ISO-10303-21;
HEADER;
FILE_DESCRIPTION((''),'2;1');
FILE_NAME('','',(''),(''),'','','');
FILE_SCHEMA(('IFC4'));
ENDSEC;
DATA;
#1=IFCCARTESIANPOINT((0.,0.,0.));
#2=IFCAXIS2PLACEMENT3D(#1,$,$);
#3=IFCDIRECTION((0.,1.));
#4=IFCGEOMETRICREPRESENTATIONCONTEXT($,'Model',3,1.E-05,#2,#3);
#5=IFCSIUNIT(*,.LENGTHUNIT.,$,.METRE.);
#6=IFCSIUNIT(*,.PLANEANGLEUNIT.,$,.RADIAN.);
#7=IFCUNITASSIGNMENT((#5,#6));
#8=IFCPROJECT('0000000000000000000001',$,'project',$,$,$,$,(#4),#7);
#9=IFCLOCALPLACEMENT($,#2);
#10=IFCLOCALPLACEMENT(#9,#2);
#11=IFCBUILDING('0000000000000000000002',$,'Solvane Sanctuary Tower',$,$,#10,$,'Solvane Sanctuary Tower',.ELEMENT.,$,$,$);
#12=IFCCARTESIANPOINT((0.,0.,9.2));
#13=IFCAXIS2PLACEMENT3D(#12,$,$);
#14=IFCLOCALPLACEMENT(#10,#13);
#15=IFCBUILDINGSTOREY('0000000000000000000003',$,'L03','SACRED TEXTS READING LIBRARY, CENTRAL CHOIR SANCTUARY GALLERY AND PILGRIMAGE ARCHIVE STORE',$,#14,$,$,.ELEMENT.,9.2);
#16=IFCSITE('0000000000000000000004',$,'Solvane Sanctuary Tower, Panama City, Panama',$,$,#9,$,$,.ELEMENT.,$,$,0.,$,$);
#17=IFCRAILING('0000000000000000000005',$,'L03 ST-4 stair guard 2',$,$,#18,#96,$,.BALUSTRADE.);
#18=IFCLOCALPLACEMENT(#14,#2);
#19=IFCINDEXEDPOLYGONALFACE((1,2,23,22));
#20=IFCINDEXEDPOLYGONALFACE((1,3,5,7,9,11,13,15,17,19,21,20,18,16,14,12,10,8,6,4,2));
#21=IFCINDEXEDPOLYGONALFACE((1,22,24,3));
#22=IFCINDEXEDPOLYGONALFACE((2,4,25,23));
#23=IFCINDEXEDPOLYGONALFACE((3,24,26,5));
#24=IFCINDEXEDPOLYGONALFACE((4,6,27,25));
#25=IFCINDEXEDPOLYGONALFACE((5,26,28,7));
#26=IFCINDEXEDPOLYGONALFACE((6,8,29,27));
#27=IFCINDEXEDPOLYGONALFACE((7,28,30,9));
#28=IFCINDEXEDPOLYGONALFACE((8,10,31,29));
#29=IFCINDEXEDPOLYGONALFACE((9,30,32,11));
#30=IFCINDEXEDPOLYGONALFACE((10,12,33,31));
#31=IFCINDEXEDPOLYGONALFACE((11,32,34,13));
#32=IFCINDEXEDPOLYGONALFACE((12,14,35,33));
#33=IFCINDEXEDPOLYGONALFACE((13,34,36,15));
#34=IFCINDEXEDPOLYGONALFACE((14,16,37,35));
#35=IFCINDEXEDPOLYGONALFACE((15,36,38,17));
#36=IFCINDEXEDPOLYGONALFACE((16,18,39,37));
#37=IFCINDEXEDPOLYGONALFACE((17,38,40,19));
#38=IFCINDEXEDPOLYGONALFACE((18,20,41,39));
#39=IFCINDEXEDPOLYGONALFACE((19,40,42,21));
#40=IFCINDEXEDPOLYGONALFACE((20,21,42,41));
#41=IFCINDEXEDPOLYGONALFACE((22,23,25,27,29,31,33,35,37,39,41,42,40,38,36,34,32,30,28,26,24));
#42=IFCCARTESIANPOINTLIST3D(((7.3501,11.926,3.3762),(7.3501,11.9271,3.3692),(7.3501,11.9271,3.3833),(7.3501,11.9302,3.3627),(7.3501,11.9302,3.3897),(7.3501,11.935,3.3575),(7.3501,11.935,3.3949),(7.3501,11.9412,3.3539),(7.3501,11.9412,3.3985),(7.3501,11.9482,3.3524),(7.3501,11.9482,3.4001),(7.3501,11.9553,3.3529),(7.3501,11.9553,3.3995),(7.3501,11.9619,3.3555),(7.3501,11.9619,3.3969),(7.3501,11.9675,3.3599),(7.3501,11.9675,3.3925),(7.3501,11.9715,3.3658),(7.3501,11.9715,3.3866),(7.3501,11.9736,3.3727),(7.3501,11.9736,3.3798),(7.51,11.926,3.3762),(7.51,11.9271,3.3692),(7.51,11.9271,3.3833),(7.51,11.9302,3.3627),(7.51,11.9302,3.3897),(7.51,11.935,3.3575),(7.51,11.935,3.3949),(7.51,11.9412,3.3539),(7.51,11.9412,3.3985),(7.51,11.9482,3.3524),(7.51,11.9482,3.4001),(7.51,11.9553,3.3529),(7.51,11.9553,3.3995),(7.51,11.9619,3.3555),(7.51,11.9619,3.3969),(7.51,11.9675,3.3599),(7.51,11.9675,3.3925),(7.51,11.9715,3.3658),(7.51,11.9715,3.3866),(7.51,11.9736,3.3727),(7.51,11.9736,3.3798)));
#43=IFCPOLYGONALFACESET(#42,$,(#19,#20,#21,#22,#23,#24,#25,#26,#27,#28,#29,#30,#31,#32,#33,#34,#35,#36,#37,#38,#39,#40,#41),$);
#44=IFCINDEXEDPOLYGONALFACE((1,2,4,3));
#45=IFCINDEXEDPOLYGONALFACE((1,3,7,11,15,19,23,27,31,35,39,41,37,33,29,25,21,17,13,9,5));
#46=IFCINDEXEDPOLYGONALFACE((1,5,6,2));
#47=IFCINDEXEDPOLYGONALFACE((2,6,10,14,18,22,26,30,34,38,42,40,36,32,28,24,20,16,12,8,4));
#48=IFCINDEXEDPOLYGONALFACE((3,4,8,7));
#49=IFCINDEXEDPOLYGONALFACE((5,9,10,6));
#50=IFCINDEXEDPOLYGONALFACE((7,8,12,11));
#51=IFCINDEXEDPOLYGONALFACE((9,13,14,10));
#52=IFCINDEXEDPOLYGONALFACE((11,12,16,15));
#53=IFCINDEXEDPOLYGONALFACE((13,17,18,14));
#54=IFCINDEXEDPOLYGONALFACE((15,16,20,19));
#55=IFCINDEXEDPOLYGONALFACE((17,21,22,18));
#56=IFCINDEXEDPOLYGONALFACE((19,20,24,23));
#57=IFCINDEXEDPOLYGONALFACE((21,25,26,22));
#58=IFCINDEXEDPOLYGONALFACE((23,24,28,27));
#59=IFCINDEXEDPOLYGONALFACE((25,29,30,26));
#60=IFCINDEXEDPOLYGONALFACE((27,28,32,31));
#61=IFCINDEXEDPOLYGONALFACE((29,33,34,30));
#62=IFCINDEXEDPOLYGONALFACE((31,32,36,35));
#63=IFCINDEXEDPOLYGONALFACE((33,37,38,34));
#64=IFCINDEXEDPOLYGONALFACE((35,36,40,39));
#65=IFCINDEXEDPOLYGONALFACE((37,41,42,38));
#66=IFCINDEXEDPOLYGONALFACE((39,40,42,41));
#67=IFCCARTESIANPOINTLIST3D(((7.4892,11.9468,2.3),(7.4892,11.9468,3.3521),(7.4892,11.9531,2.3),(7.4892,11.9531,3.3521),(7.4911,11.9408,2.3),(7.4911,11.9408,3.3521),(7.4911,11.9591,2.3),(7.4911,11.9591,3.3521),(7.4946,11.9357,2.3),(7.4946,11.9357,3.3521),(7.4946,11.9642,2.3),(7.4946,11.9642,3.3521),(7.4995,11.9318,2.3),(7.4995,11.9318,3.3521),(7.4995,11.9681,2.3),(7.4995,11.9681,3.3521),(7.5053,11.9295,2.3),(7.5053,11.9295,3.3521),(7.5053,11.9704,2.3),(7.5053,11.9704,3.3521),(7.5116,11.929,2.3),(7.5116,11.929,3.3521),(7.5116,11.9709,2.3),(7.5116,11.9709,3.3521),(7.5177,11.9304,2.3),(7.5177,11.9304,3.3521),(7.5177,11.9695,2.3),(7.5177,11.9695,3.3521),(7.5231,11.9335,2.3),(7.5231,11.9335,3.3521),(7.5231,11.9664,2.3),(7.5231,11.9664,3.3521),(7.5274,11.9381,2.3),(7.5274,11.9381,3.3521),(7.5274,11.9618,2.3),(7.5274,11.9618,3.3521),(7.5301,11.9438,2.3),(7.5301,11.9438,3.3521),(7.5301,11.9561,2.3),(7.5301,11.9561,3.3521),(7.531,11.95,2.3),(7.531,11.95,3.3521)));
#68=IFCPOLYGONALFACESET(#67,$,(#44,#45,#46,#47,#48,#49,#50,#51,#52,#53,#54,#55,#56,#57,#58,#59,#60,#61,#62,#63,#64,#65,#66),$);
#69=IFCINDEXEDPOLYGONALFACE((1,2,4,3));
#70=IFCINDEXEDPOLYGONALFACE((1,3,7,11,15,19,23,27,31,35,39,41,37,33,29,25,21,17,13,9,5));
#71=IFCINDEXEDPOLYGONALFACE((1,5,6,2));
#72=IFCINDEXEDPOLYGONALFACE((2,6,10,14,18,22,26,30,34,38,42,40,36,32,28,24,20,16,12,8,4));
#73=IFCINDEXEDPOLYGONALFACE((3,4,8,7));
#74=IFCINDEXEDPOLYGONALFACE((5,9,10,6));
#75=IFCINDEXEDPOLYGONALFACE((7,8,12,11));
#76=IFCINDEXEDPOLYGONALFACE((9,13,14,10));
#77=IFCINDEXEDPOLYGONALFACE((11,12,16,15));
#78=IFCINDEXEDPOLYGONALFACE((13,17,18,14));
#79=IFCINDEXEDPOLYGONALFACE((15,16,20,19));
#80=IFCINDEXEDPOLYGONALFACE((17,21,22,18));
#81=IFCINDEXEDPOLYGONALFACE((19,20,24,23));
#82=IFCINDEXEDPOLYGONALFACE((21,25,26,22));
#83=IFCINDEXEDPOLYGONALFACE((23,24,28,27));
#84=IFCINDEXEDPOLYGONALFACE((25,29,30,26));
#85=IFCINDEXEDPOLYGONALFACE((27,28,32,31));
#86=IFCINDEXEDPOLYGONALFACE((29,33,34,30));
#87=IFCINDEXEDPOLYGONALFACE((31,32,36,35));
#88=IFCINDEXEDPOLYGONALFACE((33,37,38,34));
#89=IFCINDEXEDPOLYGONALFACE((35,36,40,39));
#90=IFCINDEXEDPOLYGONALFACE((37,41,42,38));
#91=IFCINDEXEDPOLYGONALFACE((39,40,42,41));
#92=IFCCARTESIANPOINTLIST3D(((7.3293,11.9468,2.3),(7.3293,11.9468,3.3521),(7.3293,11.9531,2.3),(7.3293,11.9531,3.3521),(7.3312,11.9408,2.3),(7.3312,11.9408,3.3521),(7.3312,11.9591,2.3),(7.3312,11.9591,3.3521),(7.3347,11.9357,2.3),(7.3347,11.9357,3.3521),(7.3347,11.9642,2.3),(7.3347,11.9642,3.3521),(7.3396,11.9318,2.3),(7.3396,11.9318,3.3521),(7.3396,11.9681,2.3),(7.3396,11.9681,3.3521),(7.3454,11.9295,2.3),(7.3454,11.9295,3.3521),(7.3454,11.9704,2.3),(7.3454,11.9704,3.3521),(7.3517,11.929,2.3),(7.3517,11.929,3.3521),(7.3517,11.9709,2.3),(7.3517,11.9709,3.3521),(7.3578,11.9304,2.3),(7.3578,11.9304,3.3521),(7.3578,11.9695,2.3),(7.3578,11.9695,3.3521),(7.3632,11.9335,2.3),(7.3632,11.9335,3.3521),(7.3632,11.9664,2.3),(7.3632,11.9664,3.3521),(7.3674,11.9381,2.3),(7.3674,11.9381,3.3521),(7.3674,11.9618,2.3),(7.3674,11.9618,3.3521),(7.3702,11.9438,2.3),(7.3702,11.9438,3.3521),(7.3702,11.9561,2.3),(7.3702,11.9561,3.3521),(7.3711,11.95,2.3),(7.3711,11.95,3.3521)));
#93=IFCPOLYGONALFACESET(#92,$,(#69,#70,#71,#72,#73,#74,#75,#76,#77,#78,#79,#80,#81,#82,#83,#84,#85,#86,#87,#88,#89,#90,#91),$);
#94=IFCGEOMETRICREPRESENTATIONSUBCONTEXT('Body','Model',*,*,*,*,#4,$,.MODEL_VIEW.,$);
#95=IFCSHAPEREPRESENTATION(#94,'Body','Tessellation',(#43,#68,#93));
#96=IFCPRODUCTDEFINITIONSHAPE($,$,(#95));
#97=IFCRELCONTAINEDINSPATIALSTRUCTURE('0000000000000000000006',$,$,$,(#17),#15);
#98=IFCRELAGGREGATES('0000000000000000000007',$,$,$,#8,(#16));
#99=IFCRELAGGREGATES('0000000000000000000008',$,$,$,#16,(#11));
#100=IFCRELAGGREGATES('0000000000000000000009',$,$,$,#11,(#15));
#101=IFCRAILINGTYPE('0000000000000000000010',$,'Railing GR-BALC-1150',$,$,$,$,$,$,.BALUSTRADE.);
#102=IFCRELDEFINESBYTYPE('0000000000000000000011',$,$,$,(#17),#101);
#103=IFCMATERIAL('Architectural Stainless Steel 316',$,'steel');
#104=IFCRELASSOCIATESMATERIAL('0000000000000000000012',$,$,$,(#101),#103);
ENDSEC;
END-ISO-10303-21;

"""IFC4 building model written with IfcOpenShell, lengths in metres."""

from ifc_helpers import new_model, si_unit, direction, frame, origin, origin_2d, place, context, subcontext, project, spatial, circle, extrude, material, type_object, element, save


model = new_model("IFC4")

# Units and contexts
model_context = context("Model", 3, precision=1e-05, world=origin(), true_north=direction((0.0, 1.0)))
body_context = subcontext(model_context, "Body", "Model", "MODEL_VIEW")
ifc_project = project(units=[si_unit("LENGTHUNIT", "METRE"), si_unit("PLANEANGLEUNIT", "RADIAN")], contexts=[model_context])

# Site, building, storey
site_placement = place(None, origin())
site = spatial("IfcSite", under=ifc_project, at=site_placement, Name="Solvane Sanctuary Tower, Panama City, Panama", CompositionType="ELEMENT", RefElevation=0.0)
building_placement = place(site_placement, origin())
building = spatial("IfcBuilding", under=site, at=building_placement, Name="Solvane Sanctuary Tower", LongName="Solvane Sanctuary Tower", CompositionType="ELEMENT")
storey_placement = place(building_placement, frame((0.0, 0.0, 9.2)))
storey = spatial("IfcBuildingStorey", under=building, at=storey_placement, Name="L03", Description="SACRED TEXTS READING LIBRARY, CENTRAL CHOIR SANCTUARY GALLERY AND PILGRIMAGE ARCHIVE STORE", CompositionType="ELEMENT", Elevation=9.2)

# Shared definitions
ifc_material_1 = material(Name="Architectural Stainless Steel 316", Category="steel")

# Railing
railing_type_1 = type_object("IfcRailingType", Name="Railing GR-BALC-1150", PredefinedType="BALUSTRADE", material=ifc_material_1)
railing_1_placement = place(storey_placement, frame((7.51, 11.95, 2.3)))
element("IfcRailing", 1, at=railing_1_placement, inside=storey, type_object=railing_type_1, Name="L03 ST-4 stair guard 2", PredefinedType="BALUSTRADE", context=body_context, shape_type="SweptSolid", body=[
    extrude(circle(Radius=0.0239, at=origin_2d()), frame((0.0, 0.0, 1.0762), z_axis=(-1.0, 0.0, 0.0), x_axis=(0.0, -1.0, 0.0)), (0.0, 0.0, 1.0), 0.1599),
    extrude(circle(Radius=0.021, at=origin_2d()), origin(), (0.0, 0.0, 1.0), 1.052),
    extrude(circle(Radius=0.021, at=origin_2d()), frame((-0.1599, 0.0, 0.0)), (0.0, 0.0, 1.0), 1.052),
])

save(model, "model.ifc")
